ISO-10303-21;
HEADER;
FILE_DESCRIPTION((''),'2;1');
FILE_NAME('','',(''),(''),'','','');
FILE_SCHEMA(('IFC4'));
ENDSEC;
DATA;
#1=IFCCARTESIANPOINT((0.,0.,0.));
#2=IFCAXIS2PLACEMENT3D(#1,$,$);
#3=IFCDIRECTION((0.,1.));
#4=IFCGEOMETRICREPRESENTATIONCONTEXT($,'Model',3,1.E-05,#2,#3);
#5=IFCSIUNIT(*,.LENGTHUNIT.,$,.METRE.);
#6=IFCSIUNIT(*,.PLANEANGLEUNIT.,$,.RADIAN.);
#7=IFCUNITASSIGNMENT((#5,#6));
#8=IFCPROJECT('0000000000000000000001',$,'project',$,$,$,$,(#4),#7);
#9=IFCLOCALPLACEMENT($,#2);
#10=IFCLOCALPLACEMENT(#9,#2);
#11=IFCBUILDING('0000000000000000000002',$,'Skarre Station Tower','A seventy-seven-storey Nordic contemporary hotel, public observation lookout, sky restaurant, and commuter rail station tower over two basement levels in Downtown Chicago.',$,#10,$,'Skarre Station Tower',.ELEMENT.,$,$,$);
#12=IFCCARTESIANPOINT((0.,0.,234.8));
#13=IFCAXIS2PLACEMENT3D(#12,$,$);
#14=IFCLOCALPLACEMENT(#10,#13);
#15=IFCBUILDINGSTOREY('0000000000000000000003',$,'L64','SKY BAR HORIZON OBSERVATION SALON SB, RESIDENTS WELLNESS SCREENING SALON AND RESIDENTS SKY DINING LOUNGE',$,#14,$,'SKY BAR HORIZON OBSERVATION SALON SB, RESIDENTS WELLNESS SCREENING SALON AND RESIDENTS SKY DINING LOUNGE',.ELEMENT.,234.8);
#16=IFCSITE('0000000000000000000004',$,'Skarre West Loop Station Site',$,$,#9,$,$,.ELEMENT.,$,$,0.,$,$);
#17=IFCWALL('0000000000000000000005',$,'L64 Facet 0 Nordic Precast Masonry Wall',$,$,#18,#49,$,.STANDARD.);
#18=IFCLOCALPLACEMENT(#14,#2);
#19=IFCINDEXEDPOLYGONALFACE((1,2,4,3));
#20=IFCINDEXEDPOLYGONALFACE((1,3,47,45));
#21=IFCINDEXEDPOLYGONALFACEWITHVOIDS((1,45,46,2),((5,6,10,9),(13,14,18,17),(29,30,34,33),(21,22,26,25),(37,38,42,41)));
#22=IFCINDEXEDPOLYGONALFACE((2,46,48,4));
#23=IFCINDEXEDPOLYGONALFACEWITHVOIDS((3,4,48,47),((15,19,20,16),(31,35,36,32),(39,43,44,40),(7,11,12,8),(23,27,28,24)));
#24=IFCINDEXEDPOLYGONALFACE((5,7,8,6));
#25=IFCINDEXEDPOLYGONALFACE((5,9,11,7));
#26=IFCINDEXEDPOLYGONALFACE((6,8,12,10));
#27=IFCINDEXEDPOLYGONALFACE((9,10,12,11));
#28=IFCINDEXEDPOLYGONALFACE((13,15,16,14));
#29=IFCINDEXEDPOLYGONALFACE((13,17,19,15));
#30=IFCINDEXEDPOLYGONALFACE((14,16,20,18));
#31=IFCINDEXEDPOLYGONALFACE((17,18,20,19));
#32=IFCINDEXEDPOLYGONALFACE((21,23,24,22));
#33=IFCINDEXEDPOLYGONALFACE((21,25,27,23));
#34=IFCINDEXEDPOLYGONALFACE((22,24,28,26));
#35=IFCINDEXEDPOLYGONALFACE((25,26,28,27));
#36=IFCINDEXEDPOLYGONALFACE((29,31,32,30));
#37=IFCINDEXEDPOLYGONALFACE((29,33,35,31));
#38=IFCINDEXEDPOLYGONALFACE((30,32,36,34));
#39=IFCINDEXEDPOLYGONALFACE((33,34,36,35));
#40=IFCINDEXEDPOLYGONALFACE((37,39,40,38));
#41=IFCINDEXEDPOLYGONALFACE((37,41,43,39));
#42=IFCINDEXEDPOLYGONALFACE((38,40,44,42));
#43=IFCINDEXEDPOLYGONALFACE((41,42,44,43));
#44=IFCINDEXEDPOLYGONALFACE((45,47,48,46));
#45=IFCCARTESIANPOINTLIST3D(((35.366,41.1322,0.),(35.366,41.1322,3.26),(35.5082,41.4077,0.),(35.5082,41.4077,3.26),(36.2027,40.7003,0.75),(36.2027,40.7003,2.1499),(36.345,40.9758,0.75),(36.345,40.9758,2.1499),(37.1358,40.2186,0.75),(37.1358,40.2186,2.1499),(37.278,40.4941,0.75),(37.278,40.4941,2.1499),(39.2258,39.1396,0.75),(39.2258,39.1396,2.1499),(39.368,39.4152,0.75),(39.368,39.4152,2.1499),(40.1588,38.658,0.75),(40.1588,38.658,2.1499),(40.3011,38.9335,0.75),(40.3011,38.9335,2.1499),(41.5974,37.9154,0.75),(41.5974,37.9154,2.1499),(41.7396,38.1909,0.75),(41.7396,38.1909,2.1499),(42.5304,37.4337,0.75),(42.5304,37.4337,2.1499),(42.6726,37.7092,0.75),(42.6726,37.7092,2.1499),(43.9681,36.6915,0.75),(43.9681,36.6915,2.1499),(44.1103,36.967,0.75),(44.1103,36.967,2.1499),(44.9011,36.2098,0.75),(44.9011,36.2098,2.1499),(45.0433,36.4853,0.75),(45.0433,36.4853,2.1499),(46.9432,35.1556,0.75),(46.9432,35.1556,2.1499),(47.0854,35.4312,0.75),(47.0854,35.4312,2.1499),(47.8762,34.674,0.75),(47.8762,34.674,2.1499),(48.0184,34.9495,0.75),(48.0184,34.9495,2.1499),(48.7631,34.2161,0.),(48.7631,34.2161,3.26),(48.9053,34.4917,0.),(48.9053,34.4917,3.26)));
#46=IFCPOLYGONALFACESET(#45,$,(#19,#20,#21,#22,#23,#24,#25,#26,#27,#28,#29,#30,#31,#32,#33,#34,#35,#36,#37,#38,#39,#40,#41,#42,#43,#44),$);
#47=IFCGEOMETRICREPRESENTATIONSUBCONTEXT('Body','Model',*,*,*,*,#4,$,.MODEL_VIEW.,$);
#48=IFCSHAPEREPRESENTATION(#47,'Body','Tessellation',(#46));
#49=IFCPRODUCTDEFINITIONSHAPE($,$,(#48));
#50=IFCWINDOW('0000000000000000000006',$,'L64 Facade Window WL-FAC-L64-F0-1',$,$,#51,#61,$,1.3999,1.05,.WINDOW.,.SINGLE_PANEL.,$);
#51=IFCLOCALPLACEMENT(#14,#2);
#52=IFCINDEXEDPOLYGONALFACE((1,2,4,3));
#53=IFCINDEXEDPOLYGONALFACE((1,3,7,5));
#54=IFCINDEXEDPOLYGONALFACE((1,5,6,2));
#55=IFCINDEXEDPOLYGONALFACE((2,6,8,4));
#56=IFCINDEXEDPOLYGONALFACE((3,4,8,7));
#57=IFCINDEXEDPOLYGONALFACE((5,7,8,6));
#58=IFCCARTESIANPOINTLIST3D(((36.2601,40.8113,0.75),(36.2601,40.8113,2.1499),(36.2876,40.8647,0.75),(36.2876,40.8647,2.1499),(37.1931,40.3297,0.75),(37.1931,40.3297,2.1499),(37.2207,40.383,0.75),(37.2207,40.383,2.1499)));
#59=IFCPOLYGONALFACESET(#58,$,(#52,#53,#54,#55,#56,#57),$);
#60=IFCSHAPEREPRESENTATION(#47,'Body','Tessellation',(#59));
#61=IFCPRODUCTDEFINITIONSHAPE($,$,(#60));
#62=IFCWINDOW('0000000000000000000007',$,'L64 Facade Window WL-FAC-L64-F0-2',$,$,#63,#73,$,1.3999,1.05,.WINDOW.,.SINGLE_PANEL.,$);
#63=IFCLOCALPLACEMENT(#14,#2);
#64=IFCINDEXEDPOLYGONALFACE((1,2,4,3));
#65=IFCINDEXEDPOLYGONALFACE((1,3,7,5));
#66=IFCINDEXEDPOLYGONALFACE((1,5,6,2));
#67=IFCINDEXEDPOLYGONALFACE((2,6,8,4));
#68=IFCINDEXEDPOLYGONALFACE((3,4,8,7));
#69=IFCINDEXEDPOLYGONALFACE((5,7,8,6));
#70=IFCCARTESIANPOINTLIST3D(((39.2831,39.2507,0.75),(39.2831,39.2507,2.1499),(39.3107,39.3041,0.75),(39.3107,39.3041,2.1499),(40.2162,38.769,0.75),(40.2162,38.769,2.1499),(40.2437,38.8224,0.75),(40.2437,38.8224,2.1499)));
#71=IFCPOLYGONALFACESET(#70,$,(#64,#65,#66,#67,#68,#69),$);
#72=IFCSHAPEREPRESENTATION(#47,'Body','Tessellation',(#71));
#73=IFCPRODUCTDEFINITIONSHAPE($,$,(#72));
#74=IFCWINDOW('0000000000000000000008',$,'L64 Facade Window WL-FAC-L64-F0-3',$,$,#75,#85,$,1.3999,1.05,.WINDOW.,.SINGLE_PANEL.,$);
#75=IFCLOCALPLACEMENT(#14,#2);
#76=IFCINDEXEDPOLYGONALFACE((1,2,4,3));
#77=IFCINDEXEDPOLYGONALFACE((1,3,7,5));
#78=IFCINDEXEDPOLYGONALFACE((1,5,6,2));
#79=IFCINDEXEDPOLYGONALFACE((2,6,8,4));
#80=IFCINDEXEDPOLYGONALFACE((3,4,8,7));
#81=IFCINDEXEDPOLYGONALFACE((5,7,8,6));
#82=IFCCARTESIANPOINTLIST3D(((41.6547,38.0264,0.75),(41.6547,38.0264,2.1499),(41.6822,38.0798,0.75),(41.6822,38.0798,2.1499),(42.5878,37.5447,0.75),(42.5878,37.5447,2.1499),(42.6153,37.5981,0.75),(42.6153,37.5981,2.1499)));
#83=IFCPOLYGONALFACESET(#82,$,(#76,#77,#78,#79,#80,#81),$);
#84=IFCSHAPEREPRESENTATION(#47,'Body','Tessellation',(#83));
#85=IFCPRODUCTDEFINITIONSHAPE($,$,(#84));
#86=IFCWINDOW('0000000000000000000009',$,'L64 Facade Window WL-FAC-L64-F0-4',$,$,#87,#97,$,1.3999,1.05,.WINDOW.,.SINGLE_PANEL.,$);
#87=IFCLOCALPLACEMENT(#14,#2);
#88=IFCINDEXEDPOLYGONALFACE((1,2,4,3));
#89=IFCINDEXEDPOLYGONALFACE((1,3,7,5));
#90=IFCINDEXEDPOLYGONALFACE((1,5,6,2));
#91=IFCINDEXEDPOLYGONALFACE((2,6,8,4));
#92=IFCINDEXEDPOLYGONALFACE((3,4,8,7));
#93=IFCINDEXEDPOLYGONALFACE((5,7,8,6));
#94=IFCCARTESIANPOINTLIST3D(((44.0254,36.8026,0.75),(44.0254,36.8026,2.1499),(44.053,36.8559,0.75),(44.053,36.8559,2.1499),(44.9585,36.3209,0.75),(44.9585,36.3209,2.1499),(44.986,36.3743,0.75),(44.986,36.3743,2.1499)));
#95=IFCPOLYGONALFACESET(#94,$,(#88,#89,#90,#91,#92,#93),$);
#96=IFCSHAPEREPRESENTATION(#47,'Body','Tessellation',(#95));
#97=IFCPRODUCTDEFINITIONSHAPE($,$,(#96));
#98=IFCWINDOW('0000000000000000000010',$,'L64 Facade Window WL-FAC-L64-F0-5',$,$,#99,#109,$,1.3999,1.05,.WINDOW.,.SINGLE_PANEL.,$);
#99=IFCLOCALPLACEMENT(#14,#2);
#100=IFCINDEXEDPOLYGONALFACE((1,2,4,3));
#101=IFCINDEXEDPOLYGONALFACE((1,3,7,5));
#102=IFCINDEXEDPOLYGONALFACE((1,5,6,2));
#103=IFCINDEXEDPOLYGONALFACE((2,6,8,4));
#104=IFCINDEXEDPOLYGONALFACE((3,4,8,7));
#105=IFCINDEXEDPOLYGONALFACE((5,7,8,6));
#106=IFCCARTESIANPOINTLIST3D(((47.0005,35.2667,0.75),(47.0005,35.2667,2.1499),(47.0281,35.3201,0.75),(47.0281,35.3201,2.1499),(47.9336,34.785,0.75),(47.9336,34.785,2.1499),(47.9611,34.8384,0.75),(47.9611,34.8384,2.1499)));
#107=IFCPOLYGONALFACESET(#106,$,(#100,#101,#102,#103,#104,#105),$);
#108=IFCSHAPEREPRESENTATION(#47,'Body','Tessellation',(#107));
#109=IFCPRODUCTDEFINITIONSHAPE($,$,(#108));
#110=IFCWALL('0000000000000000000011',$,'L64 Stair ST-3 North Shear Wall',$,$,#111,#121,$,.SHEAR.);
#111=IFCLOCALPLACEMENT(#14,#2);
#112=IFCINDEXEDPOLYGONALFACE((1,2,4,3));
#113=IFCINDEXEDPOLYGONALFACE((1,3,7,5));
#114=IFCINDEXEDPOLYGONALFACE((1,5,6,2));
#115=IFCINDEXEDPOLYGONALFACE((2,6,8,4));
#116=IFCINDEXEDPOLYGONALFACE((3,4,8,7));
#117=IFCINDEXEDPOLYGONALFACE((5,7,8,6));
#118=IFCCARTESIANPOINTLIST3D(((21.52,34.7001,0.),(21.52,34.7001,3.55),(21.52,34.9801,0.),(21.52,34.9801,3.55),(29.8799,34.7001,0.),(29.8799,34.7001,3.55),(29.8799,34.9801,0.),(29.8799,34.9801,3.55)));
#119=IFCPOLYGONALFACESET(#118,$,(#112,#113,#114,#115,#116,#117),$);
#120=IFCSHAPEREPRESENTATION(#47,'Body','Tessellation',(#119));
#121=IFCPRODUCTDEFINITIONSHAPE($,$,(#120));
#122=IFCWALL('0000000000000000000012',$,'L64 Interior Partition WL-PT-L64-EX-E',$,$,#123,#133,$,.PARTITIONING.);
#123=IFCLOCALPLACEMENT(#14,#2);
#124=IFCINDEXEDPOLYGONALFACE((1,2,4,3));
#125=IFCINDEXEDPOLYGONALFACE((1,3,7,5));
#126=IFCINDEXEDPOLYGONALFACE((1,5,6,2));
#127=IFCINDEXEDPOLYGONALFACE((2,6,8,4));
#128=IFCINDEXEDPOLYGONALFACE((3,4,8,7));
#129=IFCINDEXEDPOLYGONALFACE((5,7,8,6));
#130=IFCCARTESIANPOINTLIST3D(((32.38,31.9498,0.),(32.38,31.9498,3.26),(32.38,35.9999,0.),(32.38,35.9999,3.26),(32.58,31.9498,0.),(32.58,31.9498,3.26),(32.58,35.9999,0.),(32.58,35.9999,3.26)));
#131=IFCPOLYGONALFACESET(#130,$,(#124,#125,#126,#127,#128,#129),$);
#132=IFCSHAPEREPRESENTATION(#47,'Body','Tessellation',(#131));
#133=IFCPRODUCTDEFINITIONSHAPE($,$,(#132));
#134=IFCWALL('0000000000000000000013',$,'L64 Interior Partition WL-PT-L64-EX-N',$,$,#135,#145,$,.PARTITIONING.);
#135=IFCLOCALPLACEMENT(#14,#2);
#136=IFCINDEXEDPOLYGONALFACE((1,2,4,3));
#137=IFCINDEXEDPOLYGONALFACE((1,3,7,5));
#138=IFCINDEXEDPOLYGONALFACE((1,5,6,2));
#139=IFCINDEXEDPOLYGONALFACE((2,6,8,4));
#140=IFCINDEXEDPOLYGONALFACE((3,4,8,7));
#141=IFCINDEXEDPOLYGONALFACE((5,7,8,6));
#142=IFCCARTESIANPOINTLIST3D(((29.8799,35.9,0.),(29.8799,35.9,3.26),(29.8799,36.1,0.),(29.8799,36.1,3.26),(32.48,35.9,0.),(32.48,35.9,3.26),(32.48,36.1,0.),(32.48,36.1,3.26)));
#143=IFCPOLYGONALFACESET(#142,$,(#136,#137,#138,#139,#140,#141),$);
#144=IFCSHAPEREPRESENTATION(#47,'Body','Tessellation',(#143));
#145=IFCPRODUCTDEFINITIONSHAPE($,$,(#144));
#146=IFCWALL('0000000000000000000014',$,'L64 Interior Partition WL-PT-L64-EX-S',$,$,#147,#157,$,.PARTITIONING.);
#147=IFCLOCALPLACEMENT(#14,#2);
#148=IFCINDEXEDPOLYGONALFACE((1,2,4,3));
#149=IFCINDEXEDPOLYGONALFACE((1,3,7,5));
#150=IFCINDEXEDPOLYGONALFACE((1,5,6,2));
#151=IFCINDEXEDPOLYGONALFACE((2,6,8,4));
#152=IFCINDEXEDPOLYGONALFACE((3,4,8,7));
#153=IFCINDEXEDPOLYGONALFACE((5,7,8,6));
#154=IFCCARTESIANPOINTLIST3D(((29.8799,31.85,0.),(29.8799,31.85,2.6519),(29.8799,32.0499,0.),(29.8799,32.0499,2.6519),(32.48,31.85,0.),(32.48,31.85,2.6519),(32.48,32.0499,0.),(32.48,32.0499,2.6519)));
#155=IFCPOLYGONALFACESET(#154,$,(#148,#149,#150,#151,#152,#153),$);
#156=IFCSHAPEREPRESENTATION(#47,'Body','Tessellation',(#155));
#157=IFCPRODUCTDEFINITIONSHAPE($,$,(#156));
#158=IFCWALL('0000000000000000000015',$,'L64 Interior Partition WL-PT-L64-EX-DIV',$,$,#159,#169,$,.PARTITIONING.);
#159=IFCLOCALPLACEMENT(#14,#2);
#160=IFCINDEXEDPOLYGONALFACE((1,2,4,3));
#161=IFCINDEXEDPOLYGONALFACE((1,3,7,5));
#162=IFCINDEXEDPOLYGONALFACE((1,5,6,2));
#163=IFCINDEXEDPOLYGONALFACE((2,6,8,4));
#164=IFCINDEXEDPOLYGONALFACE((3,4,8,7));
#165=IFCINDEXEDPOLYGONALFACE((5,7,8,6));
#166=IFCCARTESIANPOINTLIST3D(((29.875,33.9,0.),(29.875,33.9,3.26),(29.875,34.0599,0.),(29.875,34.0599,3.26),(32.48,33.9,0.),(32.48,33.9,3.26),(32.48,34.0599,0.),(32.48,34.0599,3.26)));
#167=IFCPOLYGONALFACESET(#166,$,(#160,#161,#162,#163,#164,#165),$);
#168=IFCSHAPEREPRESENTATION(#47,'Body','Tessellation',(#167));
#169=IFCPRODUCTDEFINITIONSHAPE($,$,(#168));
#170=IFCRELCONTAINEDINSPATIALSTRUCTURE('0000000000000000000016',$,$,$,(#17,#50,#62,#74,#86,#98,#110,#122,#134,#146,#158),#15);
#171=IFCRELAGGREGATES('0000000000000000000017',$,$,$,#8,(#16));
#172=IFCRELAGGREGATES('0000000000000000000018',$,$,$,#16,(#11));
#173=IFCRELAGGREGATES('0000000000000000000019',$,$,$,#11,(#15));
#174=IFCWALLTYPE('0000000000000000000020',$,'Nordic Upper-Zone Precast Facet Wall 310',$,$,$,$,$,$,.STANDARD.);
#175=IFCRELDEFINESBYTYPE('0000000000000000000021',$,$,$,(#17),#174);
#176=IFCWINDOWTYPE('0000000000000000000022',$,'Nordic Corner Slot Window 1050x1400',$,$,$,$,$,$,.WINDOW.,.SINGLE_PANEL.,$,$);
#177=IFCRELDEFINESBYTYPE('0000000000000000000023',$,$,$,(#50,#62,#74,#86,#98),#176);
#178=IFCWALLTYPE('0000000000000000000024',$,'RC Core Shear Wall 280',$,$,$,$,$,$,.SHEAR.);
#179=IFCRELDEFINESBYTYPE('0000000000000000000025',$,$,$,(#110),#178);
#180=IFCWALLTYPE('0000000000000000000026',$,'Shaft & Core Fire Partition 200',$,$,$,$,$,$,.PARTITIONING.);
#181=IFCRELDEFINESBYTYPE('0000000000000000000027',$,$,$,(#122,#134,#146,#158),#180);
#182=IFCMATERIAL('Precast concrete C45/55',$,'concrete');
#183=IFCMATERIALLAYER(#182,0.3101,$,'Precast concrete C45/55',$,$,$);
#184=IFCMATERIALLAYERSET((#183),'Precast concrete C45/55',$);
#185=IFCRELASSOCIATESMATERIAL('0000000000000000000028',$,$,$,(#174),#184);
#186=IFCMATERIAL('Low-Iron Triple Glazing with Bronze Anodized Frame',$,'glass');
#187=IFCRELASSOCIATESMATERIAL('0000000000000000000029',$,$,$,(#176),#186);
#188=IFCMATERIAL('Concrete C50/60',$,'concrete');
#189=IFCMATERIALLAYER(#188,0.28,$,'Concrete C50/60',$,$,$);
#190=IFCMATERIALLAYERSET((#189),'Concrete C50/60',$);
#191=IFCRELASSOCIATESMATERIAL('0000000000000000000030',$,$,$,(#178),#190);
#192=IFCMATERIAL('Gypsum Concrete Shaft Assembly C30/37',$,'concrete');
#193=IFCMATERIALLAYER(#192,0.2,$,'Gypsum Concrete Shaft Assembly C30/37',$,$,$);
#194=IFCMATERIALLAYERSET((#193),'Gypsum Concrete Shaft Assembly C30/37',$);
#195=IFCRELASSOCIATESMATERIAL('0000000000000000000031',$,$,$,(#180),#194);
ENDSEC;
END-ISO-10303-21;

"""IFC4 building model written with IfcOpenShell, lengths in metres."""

from ifc_helpers import new_model, si_unit, direction, frame, frame_2d, origin, place, context, subcontext, project, spatial, rectangle, extrude, material, layer, layer_set, type_object, element, fill, save


model = new_model("IFC4")

# Units and contexts
model_context = context("Model", 3, precision=1e-05, world=origin(), true_north=direction((0.0, 1.0)))
body_context = subcontext(model_context, "Body", "Model", "MODEL_VIEW")
ifc_project = project(units=[si_unit("LENGTHUNIT", "METRE"), si_unit("PLANEANGLEUNIT", "RADIAN")], contexts=[model_context])

# Site, building, storey
site_placement = place(None, origin())
site = spatial("IfcSite", under=ifc_project, at=site_placement, Name="Skarre West Loop Station Site", CompositionType="ELEMENT", RefElevation=0.0)
building_placement = place(site_placement, origin())
building = spatial("IfcBuilding", under=site, at=building_placement, Name="Skarre Station Tower", Description="A seventy-seven-storey Nordic contemporary hotel, public observation lookout, sky restaurant, and commuter rail station tower over two basement levels in Downtown Chicago.", LongName="Skarre Station Tower", CompositionType="ELEMENT")
storey_placement = place(building_placement, frame((0.0, 0.0, 234.8)))
storey = spatial("IfcBuildingStorey", under=building, at=storey_placement, Name="L64", Description="SKY BAR HORIZON OBSERVATION SALON SB, RESIDENTS WELLNESS SCREENING SALON AND RESIDENTS SKY DINING LOUNGE", LongName="SKY BAR HORIZON OBSERVATION SALON SB, RESIDENTS WELLNESS SCREENING SALON AND RESIDENTS SKY DINING LOUNGE", CompositionType="ELEMENT", Elevation=234.8)

# Shared definitions
ifc_material_1 = material(Name="Concrete C50/60", Category="concrete")

# Shared definitions
ifc_material_2 = material(Name="Precast concrete C45/55", Category="concrete")

# Wall, openings, windows
ifc_layer_1 = layer(ifc_material_2, 0.3101, Name="Precast concrete C45/55")
ifc_layer_set_1 = layer_set([ifc_layer_1], Name="Precast concrete C45/55")
wall_type_1 = type_object("IfcWallType", Name="Nordic Upper-Zone Precast Facet Wall 310", PredefinedType="STANDARD", material=ifc_layer_set_1)
wall_1_placement = place(storey_placement, frame((35.437, 41.27, 0.0), z_axis=(0.0, 0.0, 1.0), x_axis=(0.888581, -0.458719, 0.0)))
wall_1 = element("IfcWall", 1, at=wall_1_placement, inside=storey, type_object=wall_type_1, Name="L64 Facet 0 Nordic Precast Masonry Wall", PredefinedType="STANDARD", context=body_context, shape_type="SweptSolid", body=[
    extrude(rectangle(XDim=15.0769, YDim=0.3101, at=frame_2d((7.5386, 0.0))), origin(), (0.0, 0.0, 1.0), 3.26),
])
opening_1_placement = place(wall_1_placement, frame((0.9419, 0.0, 0.75)))
opening_1 = element("IfcOpeningElement", 2, at=opening_1_placement, cuts=wall_1, PredefinedType="OPENING", context=body_context, shape_type="SweptSolid", body=[
    extrude(rectangle(XDim=1.05, YDim=1.3999, at=frame_2d((0.5249, 0.7))), frame((0.0, 0.165, 0.0), z_axis=(0.0, -1.0, 0.0), x_axis=(1.0, 0.0, 0.0)), (0.0, 0.0, 1.0), 0.3301),
])
opening_2_placement = place(wall_1_placement, frame((4.344, 0.0, 0.75)))
opening_2 = element("IfcOpeningElement", 3, at=opening_2_placement, cuts=wall_1, PredefinedType="OPENING", context=body_context, shape_type="SweptSolid", body=[
    extrude(rectangle(XDim=1.05, YDim=1.3999, at=frame_2d((0.5249, 0.7))), frame((0.0, 0.165, 0.0), z_axis=(0.0, -1.0, 0.0), x_axis=(1.0, 0.0, 0.0)), (0.0, 0.0, 1.0), 0.3301),
])
opening_3_placement = place(wall_1_placement, frame((7.0129, 0.0, 0.75)))
opening_3 = element("IfcOpeningElement", 4, at=opening_3_placement, cuts=wall_1, PredefinedType="OPENING", context=body_context, shape_type="SweptSolid", body=[
    extrude(rectangle(XDim=1.05, YDim=1.3999, at=frame_2d((0.5249, 0.7))), frame((0.0, 0.165, 0.0), z_axis=(0.0, -1.0, 0.0), x_axis=(1.0, 0.0, 0.0)), (0.0, 0.0, 1.0), 0.3301),
])
opening_4_placement = place(wall_1_placement, frame((9.6809, 0.0, 0.75)))
opening_4 = element("IfcOpeningElement", 5, at=opening_4_placement, cuts=wall_1, PredefinedType="OPENING", context=body_context, shape_type="SweptSolid", body=[
    extrude(rectangle(XDim=1.05, YDim=1.3999, at=frame_2d((0.5249, 0.7))), frame((0.0, 0.165, 0.0), z_axis=(0.0, -1.0, 0.0), x_axis=(1.0, 0.0, 0.0)), (0.0, 0.0, 1.0), 0.3301),
])
opening_5_placement = place(wall_1_placement, frame((13.0291, 0.0, 0.75)))
opening_5 = element("IfcOpeningElement", 6, at=opening_5_placement, cuts=wall_1, PredefinedType="OPENING", context=body_context, shape_type="SweptSolid", body=[
    extrude(rectangle(XDim=1.05, YDim=1.3999, at=frame_2d((0.5249, 0.7))), frame((0.0, 0.165, 0.0), z_axis=(0.0, -1.0, 0.0), x_axis=(1.0, 0.0, 0.0)), (0.0, 0.0, 1.0), 0.3301),
])
ifc_material_3 = material(Name="Low-Iron Triple Glazing with Bronze Anodized Frame", Category="glass")
window_type = type_object("IfcWindowType", Name="Nordic Corner Slot Window 1050x1400", PartitioningType="SINGLE_PANEL", PredefinedType="WINDOW", material=ifc_material_3)
window_1_placement = place(opening_1_placement, origin())
window_1 = element("IfcWindow", 7, at=window_1_placement, inside=storey, type_object=window_type, Name="L64 Facade Window WL-FAC-L64-F0-1", OverallHeight=1.3999, OverallWidth=1.05, PartitioningType="SINGLE_PANEL", PredefinedType="WINDOW", context=body_context, shape_type="SweptSolid", body=[
    extrude(rectangle(XDim=1.05, YDim=1.3999, at=frame_2d((0.5249, 0.7))), frame((0.0, 0.03, 0.0), z_axis=(0.0, -1.0, 0.0), x_axis=(1.0, 0.0, 0.0)), (0.0, 0.0, 1.0), 0.0601),
])
fill(opening_1, window_1)
window_2_placement = place(opening_2_placement, origin())
window_2 = element("IfcWindow", 8, at=window_2_placement, inside=storey, type_object=window_type, Name="L64 Facade Window WL-FAC-L64-F0-2", OverallHeight=1.3999, OverallWidth=1.05, PartitioningType="SINGLE_PANEL", PredefinedType="WINDOW", context=body_context, shape_type="SweptSolid", body=[
    extrude(rectangle(XDim=1.05, YDim=1.3999, at=frame_2d((0.5249, 0.7))), frame((0.0, 0.03, 0.0), z_axis=(0.0, -1.0, 0.0), x_axis=(1.0, 0.0, 0.0)), (0.0, 0.0, 1.0), 0.0601),
])
fill(opening_2, window_2)
window_3_placement = place(opening_3_placement, origin())
window_3 = element("IfcWindow", 9, at=window_3_placement, inside=storey, type_object=window_type, Name="L64 Facade Window WL-FAC-L64-F0-3", OverallHeight=1.3999, OverallWidth=1.05, PartitioningType="SINGLE_PANEL", PredefinedType="WINDOW", context=body_context, shape_type="SweptSolid", body=[
    extrude(rectangle(XDim=1.05, YDim=1.3999, at=frame_2d((0.5249, 0.7))), frame((0.0, 0.03, 0.0), z_axis=(0.0, -1.0, 0.0), x_axis=(1.0, 0.0, 0.0)), (0.0, 0.0, 1.0), 0.0601),
])
fill(opening_3, window_3)
window_4_placement = place(opening_4_placement, origin())
window_4 = element("IfcWindow", 10, at=window_4_placement, inside=storey, type_object=window_type, Name="L64 Facade Window WL-FAC-L64-F0-4", OverallHeight=1.3999, OverallWidth=1.05, PartitioningType="SINGLE_PANEL", PredefinedType="WINDOW", context=body_context, shape_type="SweptSolid", body=[
    extrude(rectangle(XDim=1.05, YDim=1.3999, at=frame_2d((0.5249, 0.7))), frame((0.0, 0.03, 0.0), z_axis=(0.0, -1.0, 0.0), x_axis=(1.0, 0.0, 0.0)), (0.0, 0.0, 1.0), 0.0601),
])
fill(opening_4, window_4)
window_5_placement = place(opening_5_placement, origin())
window_5 = element("IfcWindow", 11, at=window_5_placement, inside=storey, type_object=window_type, Name="L64 Facade Window WL-FAC-L64-F0-5", OverallHeight=1.3999, OverallWidth=1.05, PartitioningType="SINGLE_PANEL", PredefinedType="WINDOW", context=body_context, shape_type="SweptSolid", body=[
    extrude(rectangle(XDim=1.05, YDim=1.3999, at=frame_2d((0.5249, 0.7))), frame((0.0, 0.03, 0.0), z_axis=(0.0, -1.0, 0.0), x_axis=(1.0, 0.0, 0.0)), (0.0, 0.0, 1.0), 0.0601),
])
fill(opening_5, window_5)

# Walls
ifc_layer_2 = layer(ifc_material_1, 0.28, Name="Concrete C50/60")
ifc_layer_set_2 = layer_set([ifc_layer_2], Name="Concrete C50/60")
wall_type_2 = type_object("IfcWallType", Name="RC Core Shear Wall 280", PredefinedType="SHEAR", material=ifc_layer_set_2)
wall_2_placement = place(storey_placement, frame((29.8799, 34.8401, 0.0), z_axis=(0.0, 0.0, 1.0), x_axis=(-1.0, 0.0, 0.0)))
element("IfcWall", 12, at=wall_2_placement, inside=storey, type_object=wall_type_2, Name="L64 Stair ST-3 North Shear Wall", PredefinedType="SHEAR", context=body_context, shape_type="SweptSolid", body=[
    extrude(rectangle(XDim=8.3599, YDim=0.28, at=frame_2d((4.1799, 0.0))), origin(), (0.0, 0.0, 1.0), 3.55),
])
ifc_material_4 = material(Name="Gypsum Concrete Shaft Assembly C30/37", Category="concrete")
ifc_layer_3 = layer(ifc_material_4, 0.2, Name="Gypsum Concrete Shaft Assembly C30/37")
ifc_layer_set_3 = layer_set([ifc_layer_3], Name="Gypsum Concrete Shaft Assembly C30/37")
wall_type_3 = type_object("IfcWallType", Name="Shaft & Core Fire Partition 200", PredefinedType="PARTITIONING", material=ifc_layer_set_3)
wall_3_placement = place(storey_placement, frame((32.48, 31.95, 0.0), z_axis=(0.0, 0.0, 1.0), x_axis=(0.0, 1.0, 0.0)))
element("IfcWall", 13, at=wall_3_placement, inside=storey, type_object=wall_type_3, Name="L64 Interior Partition WL-PT-L64-EX-E", PredefinedType="PARTITIONING", context=body_context, shape_type="SweptSolid", body=[
    extrude(rectangle(XDim=4.05, YDim=0.2, at=frame_2d((2.0249, 0.0))), origin(), (0.0, 0.0, 1.0), 3.26),
])
wall_4_placement = place(storey_placement, frame((29.8799, 36.0, 0.0), z_axis=(0.0, 0.0, 1.0), x_axis=(1.0, 0.0, 0.0)))
element("IfcWall", 14, at=wall_4_placement, inside=storey, type_object=wall_type_3, Name="L64 Interior Partition WL-PT-L64-EX-N", PredefinedType="PARTITIONING", context=body_context, shape_type="SweptSolid", body=[
    extrude(rectangle(XDim=2.6001, YDim=0.2, at=frame_2d((1.3, 0.0))), origin(), (0.0, 0.0, 1.0), 3.26),
])
wall_5_placement = place(storey_placement, frame((32.48, 31.95, 0.0), z_axis=(0.0, 0.0, 1.0), x_axis=(-1.0, 0.0, 0.0)))
element("IfcWall", 15, at=wall_5_placement, inside=storey, type_object=wall_type_3, Name="L64 Interior Partition WL-PT-L64-EX-S", PredefinedType="PARTITIONING", context=body_context, shape_type="SweptSolid", body=[
    extrude(rectangle(XDim=2.6001, YDim=0.2, at=frame_2d((1.3, 0.0))), origin(), (0.0, 0.0, 1.0), 2.6519),
])
wall_6_placement = place(storey_placement, frame((29.875, 33.98, 0.0), z_axis=(0.0, 0.0, 1.0), x_axis=(1.0, 0.0, 0.0)))
element("IfcWall", 16, at=wall_6_placement, inside=storey, type_object=wall_type_3, Name="L64 Interior Partition WL-PT-L64-EX-DIV", PredefinedType="PARTITIONING", context=body_context, shape_type="SweptSolid", body=[
    extrude(rectangle(XDim=2.605, YDim=0.1599, at=frame_2d((1.3025, 0.0))), origin(), (0.0, 0.0, 1.0), 3.26),
])

save(model, "model.ifc")
